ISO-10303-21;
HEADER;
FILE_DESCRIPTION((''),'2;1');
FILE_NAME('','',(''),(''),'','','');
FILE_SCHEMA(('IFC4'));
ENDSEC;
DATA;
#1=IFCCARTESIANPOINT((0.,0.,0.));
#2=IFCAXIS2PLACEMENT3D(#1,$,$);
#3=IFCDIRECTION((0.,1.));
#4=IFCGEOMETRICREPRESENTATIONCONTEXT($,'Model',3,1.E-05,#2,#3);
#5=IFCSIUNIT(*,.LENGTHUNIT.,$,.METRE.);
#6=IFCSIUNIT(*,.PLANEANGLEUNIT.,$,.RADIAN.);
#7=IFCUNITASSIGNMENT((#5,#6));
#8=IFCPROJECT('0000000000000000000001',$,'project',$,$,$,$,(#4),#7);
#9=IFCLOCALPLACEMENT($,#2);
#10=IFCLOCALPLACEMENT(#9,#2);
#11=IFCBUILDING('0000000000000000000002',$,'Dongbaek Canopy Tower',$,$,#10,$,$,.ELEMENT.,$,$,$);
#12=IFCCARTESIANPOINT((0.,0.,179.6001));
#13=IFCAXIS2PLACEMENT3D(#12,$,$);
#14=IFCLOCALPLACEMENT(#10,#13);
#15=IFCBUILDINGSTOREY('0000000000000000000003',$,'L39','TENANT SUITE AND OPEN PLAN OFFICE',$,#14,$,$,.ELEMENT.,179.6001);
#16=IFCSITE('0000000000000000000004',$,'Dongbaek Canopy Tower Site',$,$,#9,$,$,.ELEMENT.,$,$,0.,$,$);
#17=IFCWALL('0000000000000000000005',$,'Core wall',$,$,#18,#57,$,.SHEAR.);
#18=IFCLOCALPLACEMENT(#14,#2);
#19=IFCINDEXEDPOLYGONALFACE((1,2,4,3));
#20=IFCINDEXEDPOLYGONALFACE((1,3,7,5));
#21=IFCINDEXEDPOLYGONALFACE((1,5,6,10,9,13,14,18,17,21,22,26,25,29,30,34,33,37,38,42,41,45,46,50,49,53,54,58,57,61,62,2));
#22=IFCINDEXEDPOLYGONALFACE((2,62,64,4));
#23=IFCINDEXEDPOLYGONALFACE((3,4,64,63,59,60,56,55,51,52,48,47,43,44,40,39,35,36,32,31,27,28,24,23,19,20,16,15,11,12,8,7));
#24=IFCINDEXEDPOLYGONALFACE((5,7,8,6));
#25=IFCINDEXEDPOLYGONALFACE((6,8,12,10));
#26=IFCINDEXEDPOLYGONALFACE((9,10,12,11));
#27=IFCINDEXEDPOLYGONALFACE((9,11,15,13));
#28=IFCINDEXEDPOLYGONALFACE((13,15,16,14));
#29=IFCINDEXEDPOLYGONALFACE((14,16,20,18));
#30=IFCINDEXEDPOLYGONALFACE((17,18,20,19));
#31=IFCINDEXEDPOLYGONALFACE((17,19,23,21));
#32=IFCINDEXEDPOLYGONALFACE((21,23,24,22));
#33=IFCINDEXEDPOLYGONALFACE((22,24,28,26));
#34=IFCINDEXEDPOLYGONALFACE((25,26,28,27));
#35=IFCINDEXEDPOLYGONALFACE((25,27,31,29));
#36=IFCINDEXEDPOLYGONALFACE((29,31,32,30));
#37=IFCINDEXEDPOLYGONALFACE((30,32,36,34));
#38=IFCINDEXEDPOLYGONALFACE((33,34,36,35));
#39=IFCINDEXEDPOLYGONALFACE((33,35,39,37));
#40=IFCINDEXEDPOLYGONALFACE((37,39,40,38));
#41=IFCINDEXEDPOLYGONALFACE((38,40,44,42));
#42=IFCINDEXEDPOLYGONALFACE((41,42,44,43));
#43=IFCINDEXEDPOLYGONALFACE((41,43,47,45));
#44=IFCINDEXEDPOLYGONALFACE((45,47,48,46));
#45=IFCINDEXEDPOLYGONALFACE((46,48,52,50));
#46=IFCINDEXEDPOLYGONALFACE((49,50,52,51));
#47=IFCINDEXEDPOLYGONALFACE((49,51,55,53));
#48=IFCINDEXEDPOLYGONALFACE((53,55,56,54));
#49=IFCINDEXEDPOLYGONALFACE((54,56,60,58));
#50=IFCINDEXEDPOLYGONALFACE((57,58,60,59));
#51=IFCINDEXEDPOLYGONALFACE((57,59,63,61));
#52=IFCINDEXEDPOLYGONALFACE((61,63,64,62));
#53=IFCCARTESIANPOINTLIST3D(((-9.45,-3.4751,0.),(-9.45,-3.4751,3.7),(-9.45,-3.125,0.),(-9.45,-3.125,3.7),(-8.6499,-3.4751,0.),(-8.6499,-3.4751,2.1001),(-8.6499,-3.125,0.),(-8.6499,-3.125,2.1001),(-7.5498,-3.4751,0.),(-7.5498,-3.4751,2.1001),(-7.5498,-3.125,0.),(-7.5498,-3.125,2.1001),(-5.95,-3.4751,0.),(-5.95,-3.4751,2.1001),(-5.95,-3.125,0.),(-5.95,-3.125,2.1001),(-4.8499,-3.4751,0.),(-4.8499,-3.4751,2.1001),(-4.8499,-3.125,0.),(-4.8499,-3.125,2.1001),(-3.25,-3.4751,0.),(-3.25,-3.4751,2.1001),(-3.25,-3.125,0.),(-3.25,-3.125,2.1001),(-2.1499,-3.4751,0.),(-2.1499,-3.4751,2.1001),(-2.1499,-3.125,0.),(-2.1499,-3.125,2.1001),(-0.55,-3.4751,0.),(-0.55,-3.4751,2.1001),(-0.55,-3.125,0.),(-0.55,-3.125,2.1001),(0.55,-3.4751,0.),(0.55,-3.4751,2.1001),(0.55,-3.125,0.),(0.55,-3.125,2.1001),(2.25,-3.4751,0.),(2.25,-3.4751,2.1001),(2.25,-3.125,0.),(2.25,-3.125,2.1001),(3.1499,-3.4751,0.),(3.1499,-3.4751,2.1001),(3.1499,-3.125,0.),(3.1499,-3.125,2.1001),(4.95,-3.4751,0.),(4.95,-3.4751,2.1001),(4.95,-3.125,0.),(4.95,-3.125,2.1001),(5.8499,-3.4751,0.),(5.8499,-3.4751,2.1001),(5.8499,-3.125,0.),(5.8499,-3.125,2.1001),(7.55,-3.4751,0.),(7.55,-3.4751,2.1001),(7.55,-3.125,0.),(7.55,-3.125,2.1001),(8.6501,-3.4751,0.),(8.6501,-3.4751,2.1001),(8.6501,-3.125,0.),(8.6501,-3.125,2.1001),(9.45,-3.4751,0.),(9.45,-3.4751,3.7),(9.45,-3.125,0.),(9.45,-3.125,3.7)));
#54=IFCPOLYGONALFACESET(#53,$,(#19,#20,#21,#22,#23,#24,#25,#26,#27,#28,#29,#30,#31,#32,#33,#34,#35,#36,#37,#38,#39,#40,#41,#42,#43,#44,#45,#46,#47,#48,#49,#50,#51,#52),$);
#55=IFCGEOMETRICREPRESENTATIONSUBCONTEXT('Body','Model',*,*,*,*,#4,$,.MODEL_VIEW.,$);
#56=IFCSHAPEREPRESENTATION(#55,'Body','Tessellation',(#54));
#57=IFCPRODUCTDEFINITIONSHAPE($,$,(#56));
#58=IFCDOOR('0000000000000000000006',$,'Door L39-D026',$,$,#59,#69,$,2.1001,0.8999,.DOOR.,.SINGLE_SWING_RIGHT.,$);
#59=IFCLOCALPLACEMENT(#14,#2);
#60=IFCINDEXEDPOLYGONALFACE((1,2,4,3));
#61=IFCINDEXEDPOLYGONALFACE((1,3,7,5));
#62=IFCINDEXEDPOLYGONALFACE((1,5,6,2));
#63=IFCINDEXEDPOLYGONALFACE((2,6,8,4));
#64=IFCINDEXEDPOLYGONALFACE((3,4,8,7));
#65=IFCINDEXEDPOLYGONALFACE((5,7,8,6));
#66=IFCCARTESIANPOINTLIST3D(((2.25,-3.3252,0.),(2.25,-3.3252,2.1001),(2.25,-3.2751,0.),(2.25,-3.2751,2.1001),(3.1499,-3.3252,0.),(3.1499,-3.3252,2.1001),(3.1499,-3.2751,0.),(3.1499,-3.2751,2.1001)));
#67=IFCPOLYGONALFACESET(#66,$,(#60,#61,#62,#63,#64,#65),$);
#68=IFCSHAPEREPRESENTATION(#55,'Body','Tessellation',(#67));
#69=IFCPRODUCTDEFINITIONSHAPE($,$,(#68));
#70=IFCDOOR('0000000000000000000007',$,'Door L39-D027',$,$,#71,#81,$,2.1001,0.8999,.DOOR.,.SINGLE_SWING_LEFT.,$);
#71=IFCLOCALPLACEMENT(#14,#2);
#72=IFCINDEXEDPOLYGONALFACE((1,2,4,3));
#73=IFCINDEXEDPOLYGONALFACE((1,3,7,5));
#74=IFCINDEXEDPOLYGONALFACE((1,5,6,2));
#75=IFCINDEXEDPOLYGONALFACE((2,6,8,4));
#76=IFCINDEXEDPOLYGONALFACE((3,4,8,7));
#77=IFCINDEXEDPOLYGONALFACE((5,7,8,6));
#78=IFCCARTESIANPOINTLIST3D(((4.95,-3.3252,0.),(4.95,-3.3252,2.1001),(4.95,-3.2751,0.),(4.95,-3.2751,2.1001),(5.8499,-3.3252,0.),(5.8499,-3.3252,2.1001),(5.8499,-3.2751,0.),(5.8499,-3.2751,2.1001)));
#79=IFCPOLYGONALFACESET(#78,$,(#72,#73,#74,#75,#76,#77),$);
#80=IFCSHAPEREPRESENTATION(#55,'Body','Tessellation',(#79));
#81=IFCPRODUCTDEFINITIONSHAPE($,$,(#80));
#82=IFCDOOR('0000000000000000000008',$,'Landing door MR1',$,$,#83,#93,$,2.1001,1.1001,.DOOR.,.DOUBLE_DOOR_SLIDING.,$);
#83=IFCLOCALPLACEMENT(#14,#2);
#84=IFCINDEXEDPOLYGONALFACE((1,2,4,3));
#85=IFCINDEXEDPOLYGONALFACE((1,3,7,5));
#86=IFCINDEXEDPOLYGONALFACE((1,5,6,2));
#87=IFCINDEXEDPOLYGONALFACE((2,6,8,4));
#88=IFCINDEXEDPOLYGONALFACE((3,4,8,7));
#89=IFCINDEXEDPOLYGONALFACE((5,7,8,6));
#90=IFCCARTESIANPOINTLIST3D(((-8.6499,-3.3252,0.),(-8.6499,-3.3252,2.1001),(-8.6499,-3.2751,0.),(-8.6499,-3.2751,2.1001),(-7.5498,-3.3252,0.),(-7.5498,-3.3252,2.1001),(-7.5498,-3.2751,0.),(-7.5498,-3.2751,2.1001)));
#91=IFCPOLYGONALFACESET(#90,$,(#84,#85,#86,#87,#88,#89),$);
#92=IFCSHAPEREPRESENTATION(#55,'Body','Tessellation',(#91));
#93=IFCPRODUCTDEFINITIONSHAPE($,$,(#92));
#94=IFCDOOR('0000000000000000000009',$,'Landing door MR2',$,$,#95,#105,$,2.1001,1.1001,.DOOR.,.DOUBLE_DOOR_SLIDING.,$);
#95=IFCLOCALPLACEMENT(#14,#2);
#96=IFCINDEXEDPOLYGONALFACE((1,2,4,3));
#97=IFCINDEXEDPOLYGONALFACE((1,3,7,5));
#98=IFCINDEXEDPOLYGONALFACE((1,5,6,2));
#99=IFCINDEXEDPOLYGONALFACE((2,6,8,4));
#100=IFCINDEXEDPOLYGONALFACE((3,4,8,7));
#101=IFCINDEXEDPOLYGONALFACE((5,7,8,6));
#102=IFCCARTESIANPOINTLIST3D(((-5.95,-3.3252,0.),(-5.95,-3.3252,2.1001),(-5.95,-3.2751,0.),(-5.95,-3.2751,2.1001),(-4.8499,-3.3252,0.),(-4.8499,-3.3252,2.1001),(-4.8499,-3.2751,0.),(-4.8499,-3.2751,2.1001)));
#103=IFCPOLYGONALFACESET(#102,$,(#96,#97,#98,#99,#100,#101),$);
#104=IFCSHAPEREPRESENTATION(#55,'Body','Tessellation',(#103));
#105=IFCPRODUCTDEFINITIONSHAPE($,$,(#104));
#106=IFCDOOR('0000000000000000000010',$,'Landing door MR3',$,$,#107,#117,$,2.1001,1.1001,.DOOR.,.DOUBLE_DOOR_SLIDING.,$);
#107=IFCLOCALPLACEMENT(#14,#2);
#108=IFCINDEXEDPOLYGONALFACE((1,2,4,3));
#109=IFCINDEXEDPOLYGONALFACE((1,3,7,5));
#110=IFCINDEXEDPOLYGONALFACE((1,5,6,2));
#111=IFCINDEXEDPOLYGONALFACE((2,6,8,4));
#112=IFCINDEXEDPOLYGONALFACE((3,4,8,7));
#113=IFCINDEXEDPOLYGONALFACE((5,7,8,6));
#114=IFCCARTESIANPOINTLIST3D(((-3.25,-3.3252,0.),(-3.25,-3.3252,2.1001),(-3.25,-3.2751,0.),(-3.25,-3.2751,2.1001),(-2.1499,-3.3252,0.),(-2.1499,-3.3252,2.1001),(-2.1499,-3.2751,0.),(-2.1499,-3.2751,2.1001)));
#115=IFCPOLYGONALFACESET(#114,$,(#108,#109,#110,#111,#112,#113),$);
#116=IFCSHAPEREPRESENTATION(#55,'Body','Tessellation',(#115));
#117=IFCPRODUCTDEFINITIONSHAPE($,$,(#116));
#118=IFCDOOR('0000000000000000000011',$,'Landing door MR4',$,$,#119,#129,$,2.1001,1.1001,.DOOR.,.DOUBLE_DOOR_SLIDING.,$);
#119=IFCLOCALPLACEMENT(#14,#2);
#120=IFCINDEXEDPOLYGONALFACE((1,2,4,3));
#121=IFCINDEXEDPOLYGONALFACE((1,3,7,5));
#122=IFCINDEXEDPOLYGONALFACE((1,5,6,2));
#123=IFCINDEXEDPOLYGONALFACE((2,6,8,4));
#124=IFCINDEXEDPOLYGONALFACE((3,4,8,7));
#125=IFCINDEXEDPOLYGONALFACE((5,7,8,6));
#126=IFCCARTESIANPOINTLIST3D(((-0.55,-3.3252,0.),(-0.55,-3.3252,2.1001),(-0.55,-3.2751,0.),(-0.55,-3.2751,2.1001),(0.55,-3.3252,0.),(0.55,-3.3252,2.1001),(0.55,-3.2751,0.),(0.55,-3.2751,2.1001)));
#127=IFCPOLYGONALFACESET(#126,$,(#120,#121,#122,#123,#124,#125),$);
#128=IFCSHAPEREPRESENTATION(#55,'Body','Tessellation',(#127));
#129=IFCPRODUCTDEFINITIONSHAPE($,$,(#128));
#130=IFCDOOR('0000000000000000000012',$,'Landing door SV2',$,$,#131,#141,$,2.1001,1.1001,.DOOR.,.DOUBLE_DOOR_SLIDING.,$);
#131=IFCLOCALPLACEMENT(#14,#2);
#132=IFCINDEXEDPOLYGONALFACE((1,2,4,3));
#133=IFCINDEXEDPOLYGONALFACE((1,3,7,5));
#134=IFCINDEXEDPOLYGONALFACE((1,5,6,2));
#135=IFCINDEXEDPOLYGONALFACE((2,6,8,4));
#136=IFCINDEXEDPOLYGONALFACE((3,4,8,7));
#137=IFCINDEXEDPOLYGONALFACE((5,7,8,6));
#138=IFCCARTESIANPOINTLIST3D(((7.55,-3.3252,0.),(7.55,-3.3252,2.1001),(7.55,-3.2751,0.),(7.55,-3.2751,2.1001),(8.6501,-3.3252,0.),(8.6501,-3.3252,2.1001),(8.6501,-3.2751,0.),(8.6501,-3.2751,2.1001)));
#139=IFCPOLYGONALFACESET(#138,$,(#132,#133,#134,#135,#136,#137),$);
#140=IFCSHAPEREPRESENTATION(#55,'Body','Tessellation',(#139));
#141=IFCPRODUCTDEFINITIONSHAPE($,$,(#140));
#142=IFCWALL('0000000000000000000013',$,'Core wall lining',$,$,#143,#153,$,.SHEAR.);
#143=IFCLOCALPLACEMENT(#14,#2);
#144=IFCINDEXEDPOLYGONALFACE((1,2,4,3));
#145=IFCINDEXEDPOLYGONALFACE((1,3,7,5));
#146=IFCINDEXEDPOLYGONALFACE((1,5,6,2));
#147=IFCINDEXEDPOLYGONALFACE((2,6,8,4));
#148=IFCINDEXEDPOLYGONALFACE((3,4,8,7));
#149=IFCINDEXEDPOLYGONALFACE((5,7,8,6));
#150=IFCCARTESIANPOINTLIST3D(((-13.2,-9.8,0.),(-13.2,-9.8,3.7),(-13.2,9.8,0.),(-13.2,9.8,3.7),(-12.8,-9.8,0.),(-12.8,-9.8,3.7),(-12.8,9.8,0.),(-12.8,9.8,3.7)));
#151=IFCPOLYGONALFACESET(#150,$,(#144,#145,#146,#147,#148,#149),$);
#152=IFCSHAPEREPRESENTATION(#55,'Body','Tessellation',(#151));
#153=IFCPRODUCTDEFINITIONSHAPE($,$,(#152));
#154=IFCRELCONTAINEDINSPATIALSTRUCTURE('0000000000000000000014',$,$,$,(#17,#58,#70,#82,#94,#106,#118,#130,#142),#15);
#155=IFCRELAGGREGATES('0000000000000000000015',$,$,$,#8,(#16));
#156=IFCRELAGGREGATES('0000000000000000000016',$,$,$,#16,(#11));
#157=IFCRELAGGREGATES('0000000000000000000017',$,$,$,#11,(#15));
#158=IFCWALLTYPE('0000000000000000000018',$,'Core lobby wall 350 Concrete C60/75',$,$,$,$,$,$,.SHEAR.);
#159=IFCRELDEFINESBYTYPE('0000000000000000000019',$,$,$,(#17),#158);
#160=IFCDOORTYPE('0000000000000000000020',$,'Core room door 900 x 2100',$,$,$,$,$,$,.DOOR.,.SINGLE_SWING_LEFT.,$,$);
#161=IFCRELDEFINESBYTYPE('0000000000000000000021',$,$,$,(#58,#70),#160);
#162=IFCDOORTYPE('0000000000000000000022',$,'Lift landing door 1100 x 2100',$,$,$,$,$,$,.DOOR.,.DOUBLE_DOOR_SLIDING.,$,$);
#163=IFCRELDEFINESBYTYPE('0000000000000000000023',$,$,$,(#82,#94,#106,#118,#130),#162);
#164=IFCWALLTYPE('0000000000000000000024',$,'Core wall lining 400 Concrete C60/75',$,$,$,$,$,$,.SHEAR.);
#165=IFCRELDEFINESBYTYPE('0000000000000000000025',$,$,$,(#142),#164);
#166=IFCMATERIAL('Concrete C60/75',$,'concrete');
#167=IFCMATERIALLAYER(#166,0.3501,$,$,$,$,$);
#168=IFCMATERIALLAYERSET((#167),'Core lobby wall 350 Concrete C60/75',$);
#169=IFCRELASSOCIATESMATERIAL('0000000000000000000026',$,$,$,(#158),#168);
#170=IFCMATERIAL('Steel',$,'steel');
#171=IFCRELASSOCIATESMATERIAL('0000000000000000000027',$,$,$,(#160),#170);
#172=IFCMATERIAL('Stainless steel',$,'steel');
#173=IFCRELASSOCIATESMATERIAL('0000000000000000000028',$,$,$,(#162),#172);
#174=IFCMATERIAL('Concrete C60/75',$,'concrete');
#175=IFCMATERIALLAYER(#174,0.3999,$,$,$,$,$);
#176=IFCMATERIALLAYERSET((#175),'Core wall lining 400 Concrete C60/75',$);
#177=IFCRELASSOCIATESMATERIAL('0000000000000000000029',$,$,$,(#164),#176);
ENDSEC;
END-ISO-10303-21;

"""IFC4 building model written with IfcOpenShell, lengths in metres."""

from ifc_helpers import new_model, si_unit, direction, frame, frame_2d, origin, place, context, subcontext, project, spatial, rectangle, extrude, material, layer, layer_set, type_object, element, fill, save


model = new_model("IFC4")

# Units and contexts
model_context = context("Model", 3, precision=1e-05, world=origin(), true_north=direction((0.0, 1.0)))
body_context = subcontext(model_context, "Body", "Model", "MODEL_VIEW")
ifc_project = project(units=[si_unit("LENGTHUNIT", "METRE"), si_unit("PLANEANGLEUNIT", "RADIAN")], contexts=[model_context])

# Site, building, storey
site_placement = place(None, origin())
site = spatial("IfcSite", under=ifc_project, at=site_placement, Name="Dongbaek Canopy Tower Site", CompositionType="ELEMENT", RefElevation=0.0)
building_placement = place(site_placement, origin())
building = spatial("IfcBuilding", under=site, at=building_placement, Name="Dongbaek Canopy Tower", CompositionType="ELEMENT")
storey_placement = place(building_placement, frame((0.0, 0.0, 179.6001)))
storey = spatial("IfcBuildingStorey", under=building, at=storey_placement, Name="L39", Description="TENANT SUITE AND OPEN PLAN OFFICE", CompositionType="ELEMENT", Elevation=179.6001)

# Wall, openings, doors
ifc_material_1 = material(Name="Concrete C60/75", Category="concrete")
ifc_layer_1 = layer(ifc_material_1, 0.3501)
ifc_layer_set_1 = layer_set([ifc_layer_1], Name="Core lobby wall 350 Concrete C60/75")
wall_type_1 = type_object("IfcWallType", Name="Core lobby wall 350 Concrete C60/75", PredefinedType="SHEAR", material=ifc_layer_set_1)
wall_1_placement = place(storey_placement, frame((-9.45, -3.3, 0.0), z_axis=(0.0, 0.0, 1.0), x_axis=(1.0, 0.0, 0.0)))
wall_1 = element("IfcWall", 1, at=wall_1_placement, inside=storey, type_object=wall_type_1, Name="Core wall", PredefinedType="SHEAR", context=body_context, shape_type="SweptSolid", body=[
    extrude(rectangle(XDim=18.8999, YDim=0.3501, at=frame_2d((9.45, 0.0))), origin(), (0.0, 0.0, 1.0), 3.7),
])
opening_1_placement = place(wall_1_placement, frame((0.8, 0.0, 0.0)))
opening_1 = element("IfcOpeningElement", 2, at=opening_1_placement, cuts=wall_1, PredefinedType="OPENING", context=body_context, shape_type="SweptSolid", body=[
    extrude(rectangle(XDim=1.1001, YDim=2.1001, at=frame_2d((0.55, 1.05))), frame((0.0, 0.1851, 0.0), z_axis=(0.0, -1.0, 0.0), x_axis=(1.0, 0.0, 0.0)), (0.0, 0.0, 1.0), 0.3701),
])
opening_2_placement = place(wall_1_placement, frame((3.5, 0.0, 0.0)))
opening_2 = element("IfcOpeningElement", 3, at=opening_2_placement, cuts=wall_1, PredefinedType="OPENING", context=body_context, shape_type="SweptSolid", body=[
    extrude(rectangle(XDim=1.1001, YDim=2.1001, at=frame_2d((0.55, 1.05))), frame((0.0, 0.1851, 0.0), z_axis=(0.0, -1.0, 0.0), x_axis=(1.0, 0.0, 0.0)), (0.0, 0.0, 1.0), 0.3701),
])
opening_3_placement = place(wall_1_placement, frame((6.2, 0.0, 0.0)))
opening_3 = element("IfcOpeningElement", 4, at=opening_3_placement, cuts=wall_1, PredefinedType="OPENING", context=body_context, shape_type="SweptSolid", body=[
    extrude(rectangle(XDim=1.1001, YDim=2.1001, at=frame_2d((0.55, 1.05))), frame((0.0, 0.1851, 0.0), z_axis=(0.0, -1.0, 0.0), x_axis=(1.0, 0.0, 0.0)), (0.0, 0.0, 1.0), 0.3701),
])
opening_4_placement = place(wall_1_placement, frame((8.8999, 0.0, 0.0)))
opening_4 = element("IfcOpeningElement", 5, at=opening_4_placement, cuts=wall_1, PredefinedType="OPENING", context=body_context, shape_type="SweptSolid", body=[
    extrude(rectangle(XDim=1.1001, YDim=2.1001, at=frame_2d((0.55, 1.05))), frame((0.0, 0.1851, 0.0), z_axis=(0.0, -1.0, 0.0), x_axis=(1.0, 0.0, 0.0)), (0.0, 0.0, 1.0), 0.3701),
])
opening_5_placement = place(wall_1_placement, frame((17.0, 0.0, 0.0)))
opening_5 = element("IfcOpeningElement", 6, at=opening_5_placement, cuts=wall_1, PredefinedType="OPENING", context=body_context, shape_type="SweptSolid", body=[
    extrude(rectangle(XDim=1.1001, YDim=2.1001, at=frame_2d((0.55, 1.05))), frame((0.0, 0.1851, 0.0), z_axis=(0.0, -1.0, 0.0), x_axis=(1.0, 0.0, 0.0)), (0.0, 0.0, 1.0), 0.3701),
])
opening_6_placement = place(wall_1_placement, frame((11.7, 0.0, 0.0)))
opening_6 = element("IfcOpeningElement", 7, at=opening_6_placement, cuts=wall_1, PredefinedType="OPENING", context=body_context, shape_type="SweptSolid", body=[
    extrude(rectangle(XDim=0.8999, YDim=2.1001, at=frame_2d((0.45, 1.05))), frame((0.0, 0.1851, 0.0), z_axis=(0.0, -1.0, 0.0), x_axis=(1.0, 0.0, 0.0)), (0.0, 0.0, 1.0), 0.3701),
])
opening_7_placement = place(wall_1_placement, frame((14.3999, 0.0, 0.0)))
opening_7 = element("IfcOpeningElement", 8, at=opening_7_placement, cuts=wall_1, PredefinedType="OPENING", context=body_context, shape_type="SweptSolid", body=[
    extrude(rectangle(XDim=0.8999, YDim=2.1001, at=frame_2d((0.45, 1.05))), frame((0.0, 0.1851, 0.0), z_axis=(0.0, -1.0, 0.0), x_axis=(1.0, 0.0, 0.0)), (0.0, 0.0, 1.0), 0.3701),
])
ifc_material_2 = material(Name="Steel", Category="steel")
door_type_1 = type_object("IfcDoorType", Name="Core room door 900 x 2100", OperationType="SINGLE_SWING_LEFT", PredefinedType="DOOR", material=ifc_material_2)
door_1_placement = place(opening_6_placement, origin())
door_1 = element("IfcDoor", 9, at=door_1_placement, inside=storey, type_object=door_type_1, Name="Door L39-D026", OperationType="SINGLE_SWING_RIGHT", OverallHeight=2.1001, OverallWidth=0.8999, PredefinedType="DOOR", context=body_context, shape_type="SweptSolid", body=[
    extrude(rectangle(XDim=0.8999, YDim=2.1001, at=frame_2d((0.45, 1.05))), frame((0.0, 0.0249, 0.0), z_axis=(0.0, -1.0, 0.0), x_axis=(1.0, 0.0, 0.0)), (0.0, 0.0, 1.0), 0.05),
])
fill(opening_6, door_1)
door_2_placement = place(opening_7_placement, origin())
door_2 = element("IfcDoor", 10, at=door_2_placement, inside=storey, type_object=door_type_1, Name="Door L39-D027", OperationType="SINGLE_SWING_LEFT", OverallHeight=2.1001, OverallWidth=0.8999, PredefinedType="DOOR", context=body_context, shape_type="SweptSolid", body=[
    extrude(rectangle(XDim=0.8999, YDim=2.1001, at=frame_2d((0.45, 1.05))), frame((0.0, 0.0249, 0.0), z_axis=(0.0, -1.0, 0.0), x_axis=(1.0, 0.0, 0.0)), (0.0, 0.0, 1.0), 0.05),
])
fill(opening_7, door_2)
ifc_material_3 = material(Name="Stainless steel", Category="steel")
door_type_2 = type_object("IfcDoorType", Name="Lift landing door 1100 x 2100", OperationType="DOUBLE_DOOR_SLIDING", PredefinedType="DOOR", material=ifc_material_3)
door_3_placement = place(opening_1_placement, origin())
door_3 = element("IfcDoor", 11, at=door_3_placement, inside=storey, type_object=door_type_2, Name="Landing door MR1", OperationType="DOUBLE_DOOR_SLIDING", OverallHeight=2.1001, OverallWidth=1.1001, PredefinedType="DOOR", context=body_context, shape_type="SweptSolid", body=[
    extrude(rectangle(XDim=1.1001, YDim=2.1001, at=frame_2d((0.55, 1.05))), frame((0.0, 0.0249, 0.0), z_axis=(0.0, -1.0, 0.0), x_axis=(1.0, 0.0, 0.0)), (0.0, 0.0, 1.0), 0.05),
])
fill(opening_1, door_3)
door_4_placement = place(opening_2_placement, origin())
door_4 = element("IfcDoor", 12, at=door_4_placement, inside=storey, type_object=door_type_2, Name="Landing door MR2", OperationType="DOUBLE_DOOR_SLIDING", OverallHeight=2.1001, OverallWidth=1.1001, PredefinedType="DOOR", context=body_context, shape_type="SweptSolid", body=[
    extrude(rectangle(XDim=1.1001, YDim=2.1001, at=frame_2d((0.55, 1.05))), frame((0.0, 0.0249, 0.0), z_axis=(0.0, -1.0, 0.0), x_axis=(1.0, 0.0, 0.0)), (0.0, 0.0, 1.0), 0.05),
])
fill(opening_2, door_4)
door_5_placement = place(opening_3_placement, origin())
door_5 = element("IfcDoor", 13, at=door_5_placement, inside=storey, type_object=door_type_2, Name="Landing door MR3", OperationType="DOUBLE_DOOR_SLIDING", OverallHeight=2.1001, OverallWidth=1.1001, PredefinedType="DOOR", context=body_context, shape_type="SweptSolid", body=[
    extrude(rectangle(XDim=1.1001, YDim=2.1001, at=frame_2d((0.55, 1.05))), frame((0.0, 0.0249, 0.0), z_axis=(0.0, -1.0, 0.0), x_axis=(1.0, 0.0, 0.0)), (0.0, 0.0, 1.0), 0.05),
])
fill(opening_3, door_5)
door_6_placement = place(opening_4_placement, origin())
door_6 = element("IfcDoor", 14, at=door_6_placement, inside=storey, type_object=door_type_2, Name="Landing door MR4", OperationType="DOUBLE_DOOR_SLIDING", OverallHeight=2.1001, OverallWidth=1.1001, PredefinedType="DOOR", context=body_context, shape_type="SweptSolid", body=[
    extrude(rectangle(XDim=1.1001, YDim=2.1001, at=frame_2d((0.55, 1.05))), frame((0.0, 0.0249, 0.0), z_axis=(0.0, -1.0, 0.0), x_axis=(1.0, 0.0, 0.0)), (0.0, 0.0, 1.0), 0.05),
])
fill(opening_4, door_6)
door_7_placement = place(opening_5_placement, origin())
door_7 = element("IfcDoor", 15, at=door_7_placement, inside=storey, type_object=door_type_2, Name="Landing door SV2", OperationType="DOUBLE_DOOR_SLIDING", OverallHeight=2.1001, OverallWidth=1.1001, PredefinedType="DOOR", context=body_context, shape_type="SweptSolid", body=[
    extrude(rectangle(XDim=1.1001, YDim=2.1001, at=frame_2d((0.55, 1.05))), frame((0.0, 0.0249, 0.0), z_axis=(0.0, -1.0, 0.0), x_axis=(1.0, 0.0, 0.0)), (0.0, 0.0, 1.0), 0.05),
])
fill(opening_5, door_7)

# Wall
ifc_material_4 = material(Name="Concrete C60/75", Category="concrete")
ifc_layer_2 = layer(ifc_material_4, 0.3999)
ifc_layer_set_2 = layer_set([ifc_layer_2], Name="Core wall lining 400 Concrete C60/75")
wall_type_2 = type_object("IfcWallType", Name="Core wall lining 400 Concrete C60/75", PredefinedType="SHEAR", material=ifc_layer_set_2)
wall_2_placement = place(storey_placement, frame((-13.0, -9.8, 0.0), z_axis=(0.0, 0.0, 1.0), x_axis=(0.0, 1.0, 0.0)))
element("IfcWall", 16, at=wall_2_placement, inside=storey, type_object=wall_type_2, Name="Core wall lining", PredefinedType="SHEAR", context=body_context, shape_type="SweptSolid", body=[
    extrude(rectangle(XDim=19.6001, YDim=0.3999, at=frame_2d((9.8, 0.0))), origin(), (0.0, 0.0, 1.0), 3.7),
])

save(model, "model.ifc")
